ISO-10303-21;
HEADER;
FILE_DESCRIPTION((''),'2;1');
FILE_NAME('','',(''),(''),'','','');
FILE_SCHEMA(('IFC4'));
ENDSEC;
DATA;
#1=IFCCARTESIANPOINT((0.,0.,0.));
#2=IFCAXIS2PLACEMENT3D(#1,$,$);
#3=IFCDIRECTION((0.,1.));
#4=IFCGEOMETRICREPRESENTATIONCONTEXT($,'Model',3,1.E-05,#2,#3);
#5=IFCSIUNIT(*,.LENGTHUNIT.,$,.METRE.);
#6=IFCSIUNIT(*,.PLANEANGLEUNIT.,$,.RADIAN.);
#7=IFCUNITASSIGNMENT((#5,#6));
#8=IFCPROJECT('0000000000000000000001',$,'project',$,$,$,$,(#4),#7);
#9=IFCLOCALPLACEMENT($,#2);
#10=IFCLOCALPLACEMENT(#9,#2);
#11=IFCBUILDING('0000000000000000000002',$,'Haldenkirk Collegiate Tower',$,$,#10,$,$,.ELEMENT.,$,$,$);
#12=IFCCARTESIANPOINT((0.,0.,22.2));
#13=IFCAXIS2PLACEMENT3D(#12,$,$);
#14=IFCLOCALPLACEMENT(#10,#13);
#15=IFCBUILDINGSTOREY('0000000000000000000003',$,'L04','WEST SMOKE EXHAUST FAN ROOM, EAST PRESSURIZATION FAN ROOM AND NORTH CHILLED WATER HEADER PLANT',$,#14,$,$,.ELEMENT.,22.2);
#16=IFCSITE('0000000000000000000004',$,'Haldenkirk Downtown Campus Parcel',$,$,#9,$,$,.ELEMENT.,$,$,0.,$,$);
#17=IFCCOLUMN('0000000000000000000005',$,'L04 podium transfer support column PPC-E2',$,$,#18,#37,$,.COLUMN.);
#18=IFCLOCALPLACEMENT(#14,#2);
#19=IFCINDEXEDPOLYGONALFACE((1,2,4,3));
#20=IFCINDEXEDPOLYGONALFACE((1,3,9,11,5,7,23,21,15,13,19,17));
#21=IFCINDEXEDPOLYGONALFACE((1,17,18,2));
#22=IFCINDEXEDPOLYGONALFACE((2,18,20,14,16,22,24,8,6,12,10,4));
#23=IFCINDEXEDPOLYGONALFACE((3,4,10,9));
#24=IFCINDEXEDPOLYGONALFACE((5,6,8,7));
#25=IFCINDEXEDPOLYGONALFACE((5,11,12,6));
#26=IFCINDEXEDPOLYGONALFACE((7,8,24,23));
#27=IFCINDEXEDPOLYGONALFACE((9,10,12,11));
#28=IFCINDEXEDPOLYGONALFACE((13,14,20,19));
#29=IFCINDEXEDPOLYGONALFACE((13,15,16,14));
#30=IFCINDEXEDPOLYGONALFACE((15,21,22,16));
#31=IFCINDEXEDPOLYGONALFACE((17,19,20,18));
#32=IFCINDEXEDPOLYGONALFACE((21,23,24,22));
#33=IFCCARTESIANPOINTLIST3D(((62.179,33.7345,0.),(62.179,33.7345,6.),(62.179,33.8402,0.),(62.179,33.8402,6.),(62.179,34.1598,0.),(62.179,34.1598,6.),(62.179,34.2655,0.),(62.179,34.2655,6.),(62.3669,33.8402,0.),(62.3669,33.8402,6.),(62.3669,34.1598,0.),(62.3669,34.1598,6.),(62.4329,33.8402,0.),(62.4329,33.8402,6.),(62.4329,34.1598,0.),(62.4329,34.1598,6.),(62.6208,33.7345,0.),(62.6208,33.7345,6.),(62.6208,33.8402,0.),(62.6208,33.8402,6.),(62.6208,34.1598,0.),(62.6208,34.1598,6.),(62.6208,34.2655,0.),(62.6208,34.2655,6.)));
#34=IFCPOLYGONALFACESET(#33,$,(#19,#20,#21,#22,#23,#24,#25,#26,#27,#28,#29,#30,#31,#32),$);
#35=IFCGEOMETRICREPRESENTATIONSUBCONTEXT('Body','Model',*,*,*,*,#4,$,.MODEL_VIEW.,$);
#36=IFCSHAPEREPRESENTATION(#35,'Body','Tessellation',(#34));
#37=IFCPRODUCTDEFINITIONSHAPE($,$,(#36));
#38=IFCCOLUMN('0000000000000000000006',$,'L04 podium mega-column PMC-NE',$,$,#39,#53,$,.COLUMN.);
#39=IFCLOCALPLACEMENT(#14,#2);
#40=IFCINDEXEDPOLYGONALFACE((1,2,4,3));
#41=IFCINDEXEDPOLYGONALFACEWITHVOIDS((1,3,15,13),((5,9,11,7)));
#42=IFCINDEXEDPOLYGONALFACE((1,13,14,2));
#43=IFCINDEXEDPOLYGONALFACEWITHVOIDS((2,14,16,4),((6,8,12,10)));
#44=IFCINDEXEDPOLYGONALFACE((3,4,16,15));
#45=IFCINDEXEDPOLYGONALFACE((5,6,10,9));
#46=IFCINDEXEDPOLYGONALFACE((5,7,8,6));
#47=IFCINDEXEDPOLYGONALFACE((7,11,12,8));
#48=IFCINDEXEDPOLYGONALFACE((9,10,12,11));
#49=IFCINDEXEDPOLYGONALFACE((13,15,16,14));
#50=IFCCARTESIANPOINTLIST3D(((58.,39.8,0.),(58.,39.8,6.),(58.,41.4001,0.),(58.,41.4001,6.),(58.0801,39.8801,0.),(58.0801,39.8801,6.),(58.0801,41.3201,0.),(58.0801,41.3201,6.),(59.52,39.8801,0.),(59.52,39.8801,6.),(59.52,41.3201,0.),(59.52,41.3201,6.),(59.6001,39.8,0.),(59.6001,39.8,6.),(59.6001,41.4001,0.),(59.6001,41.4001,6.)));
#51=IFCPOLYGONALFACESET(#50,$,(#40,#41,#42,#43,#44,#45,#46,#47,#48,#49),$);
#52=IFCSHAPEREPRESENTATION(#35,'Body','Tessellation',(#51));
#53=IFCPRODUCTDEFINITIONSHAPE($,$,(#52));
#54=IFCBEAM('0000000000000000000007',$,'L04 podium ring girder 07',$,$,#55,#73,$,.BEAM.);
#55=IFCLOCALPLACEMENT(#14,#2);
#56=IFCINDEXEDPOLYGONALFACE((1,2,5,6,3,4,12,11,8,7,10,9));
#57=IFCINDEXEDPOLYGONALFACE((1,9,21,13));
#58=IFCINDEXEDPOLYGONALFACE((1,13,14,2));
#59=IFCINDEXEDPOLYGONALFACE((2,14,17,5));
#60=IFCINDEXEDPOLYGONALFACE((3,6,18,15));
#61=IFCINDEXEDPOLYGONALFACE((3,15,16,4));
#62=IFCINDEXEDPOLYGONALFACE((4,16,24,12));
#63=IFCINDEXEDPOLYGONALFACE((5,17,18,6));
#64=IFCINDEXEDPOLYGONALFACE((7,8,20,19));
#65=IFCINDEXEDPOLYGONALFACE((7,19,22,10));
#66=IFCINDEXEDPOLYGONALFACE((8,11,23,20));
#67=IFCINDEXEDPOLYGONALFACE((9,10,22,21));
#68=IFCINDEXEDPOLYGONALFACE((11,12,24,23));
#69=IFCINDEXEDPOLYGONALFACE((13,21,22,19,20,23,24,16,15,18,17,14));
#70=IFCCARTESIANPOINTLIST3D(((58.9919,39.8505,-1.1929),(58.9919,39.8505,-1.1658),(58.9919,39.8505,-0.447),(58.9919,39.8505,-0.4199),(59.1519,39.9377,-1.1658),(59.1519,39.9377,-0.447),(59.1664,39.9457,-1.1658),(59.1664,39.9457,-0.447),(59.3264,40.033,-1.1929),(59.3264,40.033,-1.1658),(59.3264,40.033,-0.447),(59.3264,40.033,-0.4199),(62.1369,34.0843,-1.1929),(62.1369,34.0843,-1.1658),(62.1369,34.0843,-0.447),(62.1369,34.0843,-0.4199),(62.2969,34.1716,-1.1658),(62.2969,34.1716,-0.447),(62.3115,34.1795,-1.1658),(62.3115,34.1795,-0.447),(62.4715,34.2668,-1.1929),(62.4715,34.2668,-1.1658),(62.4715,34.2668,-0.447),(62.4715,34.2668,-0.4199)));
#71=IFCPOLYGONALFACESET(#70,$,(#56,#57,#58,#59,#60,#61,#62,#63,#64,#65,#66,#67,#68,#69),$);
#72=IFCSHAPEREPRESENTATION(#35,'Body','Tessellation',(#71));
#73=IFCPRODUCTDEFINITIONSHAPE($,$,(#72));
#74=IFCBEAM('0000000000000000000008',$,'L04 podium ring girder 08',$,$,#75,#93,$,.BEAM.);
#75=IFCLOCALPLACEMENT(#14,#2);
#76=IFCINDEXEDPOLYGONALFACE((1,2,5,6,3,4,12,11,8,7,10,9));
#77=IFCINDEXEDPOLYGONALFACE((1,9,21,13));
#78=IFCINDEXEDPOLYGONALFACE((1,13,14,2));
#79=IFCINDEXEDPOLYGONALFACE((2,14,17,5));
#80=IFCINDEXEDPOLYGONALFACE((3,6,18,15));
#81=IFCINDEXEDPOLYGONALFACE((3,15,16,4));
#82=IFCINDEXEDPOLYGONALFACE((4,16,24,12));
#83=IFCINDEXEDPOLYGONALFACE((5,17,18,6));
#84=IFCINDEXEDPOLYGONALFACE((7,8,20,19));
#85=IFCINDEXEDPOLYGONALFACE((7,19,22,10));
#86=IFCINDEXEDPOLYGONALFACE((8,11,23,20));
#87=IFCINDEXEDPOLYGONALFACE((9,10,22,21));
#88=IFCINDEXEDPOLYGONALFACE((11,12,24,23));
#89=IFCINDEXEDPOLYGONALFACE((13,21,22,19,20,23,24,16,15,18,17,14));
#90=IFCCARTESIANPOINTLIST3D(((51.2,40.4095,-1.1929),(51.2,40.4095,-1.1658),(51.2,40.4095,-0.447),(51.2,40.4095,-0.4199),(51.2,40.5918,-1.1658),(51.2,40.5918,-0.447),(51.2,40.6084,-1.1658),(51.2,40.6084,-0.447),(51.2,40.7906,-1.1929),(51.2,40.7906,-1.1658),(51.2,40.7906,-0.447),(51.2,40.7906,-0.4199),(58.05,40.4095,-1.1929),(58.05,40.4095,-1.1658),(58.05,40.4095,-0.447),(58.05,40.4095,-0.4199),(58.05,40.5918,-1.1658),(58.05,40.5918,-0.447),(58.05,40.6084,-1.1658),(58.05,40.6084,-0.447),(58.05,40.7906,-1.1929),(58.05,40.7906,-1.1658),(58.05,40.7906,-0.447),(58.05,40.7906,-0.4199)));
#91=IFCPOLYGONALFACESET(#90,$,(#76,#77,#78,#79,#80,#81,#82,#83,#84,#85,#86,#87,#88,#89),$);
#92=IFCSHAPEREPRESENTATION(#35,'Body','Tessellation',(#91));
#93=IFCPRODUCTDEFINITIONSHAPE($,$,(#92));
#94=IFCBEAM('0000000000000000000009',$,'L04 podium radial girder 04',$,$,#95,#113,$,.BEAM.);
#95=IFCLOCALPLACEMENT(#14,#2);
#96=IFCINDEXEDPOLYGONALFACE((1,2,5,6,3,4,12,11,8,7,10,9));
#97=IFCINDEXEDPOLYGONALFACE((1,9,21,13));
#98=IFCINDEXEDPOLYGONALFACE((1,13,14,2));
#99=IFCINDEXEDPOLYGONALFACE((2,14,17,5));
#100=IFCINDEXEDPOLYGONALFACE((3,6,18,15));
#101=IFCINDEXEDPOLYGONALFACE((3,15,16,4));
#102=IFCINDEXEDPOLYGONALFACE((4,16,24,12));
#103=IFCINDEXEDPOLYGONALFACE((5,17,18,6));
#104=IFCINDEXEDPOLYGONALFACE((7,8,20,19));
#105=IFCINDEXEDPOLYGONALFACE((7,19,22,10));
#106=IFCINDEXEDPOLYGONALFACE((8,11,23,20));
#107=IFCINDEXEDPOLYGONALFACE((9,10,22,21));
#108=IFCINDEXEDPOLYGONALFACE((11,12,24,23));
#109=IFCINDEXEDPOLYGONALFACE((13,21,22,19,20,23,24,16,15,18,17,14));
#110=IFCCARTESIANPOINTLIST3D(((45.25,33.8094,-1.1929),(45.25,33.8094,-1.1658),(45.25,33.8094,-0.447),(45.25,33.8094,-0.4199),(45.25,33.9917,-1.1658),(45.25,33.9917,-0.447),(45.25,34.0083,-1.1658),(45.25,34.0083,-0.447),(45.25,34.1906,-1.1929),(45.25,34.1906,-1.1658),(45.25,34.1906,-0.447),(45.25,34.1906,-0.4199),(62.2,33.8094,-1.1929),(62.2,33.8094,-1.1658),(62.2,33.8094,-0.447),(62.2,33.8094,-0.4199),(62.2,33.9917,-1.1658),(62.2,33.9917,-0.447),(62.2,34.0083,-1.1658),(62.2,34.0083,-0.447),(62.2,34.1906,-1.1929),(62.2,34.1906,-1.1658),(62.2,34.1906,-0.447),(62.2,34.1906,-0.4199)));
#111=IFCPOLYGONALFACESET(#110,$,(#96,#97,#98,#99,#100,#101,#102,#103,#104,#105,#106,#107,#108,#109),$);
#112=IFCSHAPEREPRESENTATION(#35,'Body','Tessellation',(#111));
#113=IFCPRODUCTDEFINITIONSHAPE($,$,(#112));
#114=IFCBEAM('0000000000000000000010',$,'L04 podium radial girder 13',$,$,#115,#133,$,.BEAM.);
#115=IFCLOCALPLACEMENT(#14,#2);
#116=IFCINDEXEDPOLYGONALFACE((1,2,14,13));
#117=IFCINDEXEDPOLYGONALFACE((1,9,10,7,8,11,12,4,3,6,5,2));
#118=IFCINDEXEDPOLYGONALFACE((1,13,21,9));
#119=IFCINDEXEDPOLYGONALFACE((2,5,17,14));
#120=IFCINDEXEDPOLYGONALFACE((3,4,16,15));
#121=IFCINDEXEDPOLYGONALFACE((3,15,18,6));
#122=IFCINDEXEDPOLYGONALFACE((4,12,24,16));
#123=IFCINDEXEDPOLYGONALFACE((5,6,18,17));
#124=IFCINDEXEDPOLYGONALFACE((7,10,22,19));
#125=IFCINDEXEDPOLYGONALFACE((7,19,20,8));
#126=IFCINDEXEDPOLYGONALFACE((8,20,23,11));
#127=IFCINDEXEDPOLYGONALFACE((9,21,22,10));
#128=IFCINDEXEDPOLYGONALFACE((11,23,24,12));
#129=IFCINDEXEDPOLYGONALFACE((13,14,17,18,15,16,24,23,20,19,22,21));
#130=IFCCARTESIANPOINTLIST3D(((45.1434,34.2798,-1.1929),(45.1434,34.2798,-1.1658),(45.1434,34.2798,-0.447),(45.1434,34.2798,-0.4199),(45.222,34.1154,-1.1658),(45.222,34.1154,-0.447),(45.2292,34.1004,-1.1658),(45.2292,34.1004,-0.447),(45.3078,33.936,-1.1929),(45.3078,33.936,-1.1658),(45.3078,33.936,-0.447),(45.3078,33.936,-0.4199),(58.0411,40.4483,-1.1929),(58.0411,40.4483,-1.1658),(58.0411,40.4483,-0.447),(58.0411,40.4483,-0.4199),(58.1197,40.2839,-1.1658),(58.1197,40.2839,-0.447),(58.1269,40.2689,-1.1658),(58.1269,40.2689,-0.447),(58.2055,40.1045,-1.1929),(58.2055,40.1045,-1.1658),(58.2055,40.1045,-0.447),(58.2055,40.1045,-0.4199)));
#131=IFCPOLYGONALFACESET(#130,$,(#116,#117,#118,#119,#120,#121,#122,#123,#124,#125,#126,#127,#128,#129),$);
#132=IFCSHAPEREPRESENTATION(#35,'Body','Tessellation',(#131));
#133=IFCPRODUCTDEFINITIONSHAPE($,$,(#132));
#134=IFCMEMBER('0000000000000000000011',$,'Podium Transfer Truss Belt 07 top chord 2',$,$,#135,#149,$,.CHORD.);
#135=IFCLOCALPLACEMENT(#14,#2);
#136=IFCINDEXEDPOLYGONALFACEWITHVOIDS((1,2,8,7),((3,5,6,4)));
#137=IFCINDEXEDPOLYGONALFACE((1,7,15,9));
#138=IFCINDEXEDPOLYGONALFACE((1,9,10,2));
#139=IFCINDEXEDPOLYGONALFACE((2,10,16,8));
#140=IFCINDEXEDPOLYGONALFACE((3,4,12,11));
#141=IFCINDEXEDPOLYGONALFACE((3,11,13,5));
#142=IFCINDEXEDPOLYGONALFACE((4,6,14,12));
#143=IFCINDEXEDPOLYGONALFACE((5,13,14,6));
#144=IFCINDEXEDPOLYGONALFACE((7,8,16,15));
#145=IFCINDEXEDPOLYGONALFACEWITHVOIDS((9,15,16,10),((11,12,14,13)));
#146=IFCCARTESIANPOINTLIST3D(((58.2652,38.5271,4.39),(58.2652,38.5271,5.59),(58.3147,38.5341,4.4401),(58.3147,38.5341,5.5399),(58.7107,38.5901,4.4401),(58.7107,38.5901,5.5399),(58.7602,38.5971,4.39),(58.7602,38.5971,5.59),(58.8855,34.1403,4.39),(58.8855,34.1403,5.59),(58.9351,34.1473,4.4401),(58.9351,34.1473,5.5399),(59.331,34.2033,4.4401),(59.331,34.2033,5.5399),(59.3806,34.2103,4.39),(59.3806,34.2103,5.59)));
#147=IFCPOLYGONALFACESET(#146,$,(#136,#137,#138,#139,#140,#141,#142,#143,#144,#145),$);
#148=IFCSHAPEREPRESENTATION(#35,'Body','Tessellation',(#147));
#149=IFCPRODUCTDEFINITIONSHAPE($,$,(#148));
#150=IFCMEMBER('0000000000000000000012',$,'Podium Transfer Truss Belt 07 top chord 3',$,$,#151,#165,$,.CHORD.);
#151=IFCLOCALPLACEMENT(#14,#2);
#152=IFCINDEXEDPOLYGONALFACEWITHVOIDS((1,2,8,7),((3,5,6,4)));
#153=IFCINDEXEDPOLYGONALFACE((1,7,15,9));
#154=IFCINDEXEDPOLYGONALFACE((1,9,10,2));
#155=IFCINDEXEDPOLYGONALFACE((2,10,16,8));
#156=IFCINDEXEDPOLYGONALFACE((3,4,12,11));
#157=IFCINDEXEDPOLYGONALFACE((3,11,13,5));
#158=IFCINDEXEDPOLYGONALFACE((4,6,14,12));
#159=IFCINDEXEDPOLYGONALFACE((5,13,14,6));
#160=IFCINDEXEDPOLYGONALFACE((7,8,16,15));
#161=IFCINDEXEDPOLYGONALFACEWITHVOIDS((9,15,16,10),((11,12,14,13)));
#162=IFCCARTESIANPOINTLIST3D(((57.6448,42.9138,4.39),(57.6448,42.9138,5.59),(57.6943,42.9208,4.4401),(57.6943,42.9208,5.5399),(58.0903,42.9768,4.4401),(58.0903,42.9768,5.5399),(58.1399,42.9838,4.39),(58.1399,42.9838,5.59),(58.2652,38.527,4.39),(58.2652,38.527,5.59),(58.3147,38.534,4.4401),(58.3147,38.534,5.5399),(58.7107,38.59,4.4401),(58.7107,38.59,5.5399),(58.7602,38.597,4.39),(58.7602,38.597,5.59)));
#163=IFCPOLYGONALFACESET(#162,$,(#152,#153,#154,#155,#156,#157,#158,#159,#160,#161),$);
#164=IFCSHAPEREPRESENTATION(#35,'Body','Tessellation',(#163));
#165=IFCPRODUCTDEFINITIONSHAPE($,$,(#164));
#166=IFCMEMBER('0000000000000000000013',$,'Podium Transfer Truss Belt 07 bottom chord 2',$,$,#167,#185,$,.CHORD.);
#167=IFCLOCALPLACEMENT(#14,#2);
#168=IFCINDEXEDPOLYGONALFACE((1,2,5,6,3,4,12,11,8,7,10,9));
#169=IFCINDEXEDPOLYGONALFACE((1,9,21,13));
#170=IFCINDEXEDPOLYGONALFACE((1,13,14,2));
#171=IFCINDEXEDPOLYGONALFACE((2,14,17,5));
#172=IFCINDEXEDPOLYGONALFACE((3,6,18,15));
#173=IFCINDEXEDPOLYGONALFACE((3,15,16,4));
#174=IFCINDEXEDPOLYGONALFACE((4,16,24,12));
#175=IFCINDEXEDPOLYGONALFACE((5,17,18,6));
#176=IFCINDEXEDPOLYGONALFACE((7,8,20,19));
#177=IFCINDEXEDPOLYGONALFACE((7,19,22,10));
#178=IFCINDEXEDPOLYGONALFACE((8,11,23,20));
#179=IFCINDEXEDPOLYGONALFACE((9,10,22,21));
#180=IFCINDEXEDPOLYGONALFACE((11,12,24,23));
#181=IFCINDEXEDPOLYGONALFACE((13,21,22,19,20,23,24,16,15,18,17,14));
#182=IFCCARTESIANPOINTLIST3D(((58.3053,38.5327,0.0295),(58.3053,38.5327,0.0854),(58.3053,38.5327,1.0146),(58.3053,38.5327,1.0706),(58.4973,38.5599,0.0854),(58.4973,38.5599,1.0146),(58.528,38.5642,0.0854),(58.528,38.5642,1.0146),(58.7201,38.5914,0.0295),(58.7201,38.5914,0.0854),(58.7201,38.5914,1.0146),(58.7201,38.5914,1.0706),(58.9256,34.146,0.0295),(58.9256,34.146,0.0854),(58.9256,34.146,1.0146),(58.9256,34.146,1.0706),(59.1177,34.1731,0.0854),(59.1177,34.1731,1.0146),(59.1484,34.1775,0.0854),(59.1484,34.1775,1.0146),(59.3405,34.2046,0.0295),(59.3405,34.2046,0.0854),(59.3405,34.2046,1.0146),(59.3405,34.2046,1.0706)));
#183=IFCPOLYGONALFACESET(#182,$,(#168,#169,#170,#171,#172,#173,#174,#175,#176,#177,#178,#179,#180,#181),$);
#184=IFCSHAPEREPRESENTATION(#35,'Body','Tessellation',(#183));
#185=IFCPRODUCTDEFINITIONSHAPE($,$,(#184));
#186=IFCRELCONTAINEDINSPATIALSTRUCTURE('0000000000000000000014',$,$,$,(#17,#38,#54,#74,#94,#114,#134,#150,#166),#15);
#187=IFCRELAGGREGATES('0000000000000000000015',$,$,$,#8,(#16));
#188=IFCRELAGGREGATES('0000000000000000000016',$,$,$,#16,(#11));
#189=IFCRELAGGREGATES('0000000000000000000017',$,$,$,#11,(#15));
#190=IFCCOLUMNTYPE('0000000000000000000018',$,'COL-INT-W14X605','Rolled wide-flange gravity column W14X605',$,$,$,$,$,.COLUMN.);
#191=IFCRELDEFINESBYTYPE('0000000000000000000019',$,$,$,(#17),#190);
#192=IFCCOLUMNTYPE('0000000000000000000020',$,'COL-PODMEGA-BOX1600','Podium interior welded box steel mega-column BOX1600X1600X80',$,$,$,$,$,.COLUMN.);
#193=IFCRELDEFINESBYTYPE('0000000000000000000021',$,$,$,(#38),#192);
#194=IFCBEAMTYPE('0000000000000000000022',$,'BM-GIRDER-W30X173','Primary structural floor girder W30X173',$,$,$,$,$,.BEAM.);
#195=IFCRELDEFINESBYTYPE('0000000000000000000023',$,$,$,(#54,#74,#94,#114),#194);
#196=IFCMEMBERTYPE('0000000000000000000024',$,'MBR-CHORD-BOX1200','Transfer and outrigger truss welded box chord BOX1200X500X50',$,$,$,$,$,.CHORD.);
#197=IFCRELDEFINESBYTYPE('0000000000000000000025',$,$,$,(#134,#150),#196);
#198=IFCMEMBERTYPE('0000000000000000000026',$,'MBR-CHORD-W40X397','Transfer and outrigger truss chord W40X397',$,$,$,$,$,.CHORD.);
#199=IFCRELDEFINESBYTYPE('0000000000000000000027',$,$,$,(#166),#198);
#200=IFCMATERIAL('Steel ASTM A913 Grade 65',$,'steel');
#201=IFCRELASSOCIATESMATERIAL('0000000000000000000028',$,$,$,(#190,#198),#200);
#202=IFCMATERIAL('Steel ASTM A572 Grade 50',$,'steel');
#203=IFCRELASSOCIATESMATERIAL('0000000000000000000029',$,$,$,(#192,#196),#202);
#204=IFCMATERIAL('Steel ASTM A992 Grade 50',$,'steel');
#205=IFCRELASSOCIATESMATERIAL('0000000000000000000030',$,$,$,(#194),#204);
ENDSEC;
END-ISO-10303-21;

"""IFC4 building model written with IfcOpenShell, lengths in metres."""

from ifc_helpers import new_model, si_unit, direction, frame, origin, origin_2d, place, context, subcontext, project, spatial, hollow_rectangle, i_section, extrude, material, material_profile, profile_set, type_object, element, save


model = new_model("IFC4")

# Units and contexts
model_context = context("Model", 3, precision=1e-05, world=origin(), true_north=direction((0.0, 1.0)))
body_context = subcontext(model_context, "Body", "Model", "MODEL_VIEW")
ifc_project = project(units=[si_unit("LENGTHUNIT", "METRE"), si_unit("PLANEANGLEUNIT", "RADIAN")], contexts=[model_context])

# Site, building, storey
site_placement = place(None, origin())
site = spatial("IfcSite", under=ifc_project, at=site_placement, Name="Haldenkirk Downtown Campus Parcel", CompositionType="ELEMENT", RefElevation=0.0)
building_placement = place(site_placement, origin())
building = spatial("IfcBuilding", under=site, at=building_placement, Name="Haldenkirk Collegiate Tower", CompositionType="ELEMENT")
storey_placement = place(building_placement, frame((0.0, 0.0, 22.2)))
storey = spatial("IfcBuildingStorey", under=building, at=storey_placement, Name="L04", Description="WEST SMOKE EXHAUST FAN ROOM, EAST PRESSURIZATION FAN ROOM AND NORTH CHILLED WATER HEADER PLANT", CompositionType="ELEMENT", Elevation=22.2)

# Columns
ifc_material_1 = material(Name="Steel ASTM A913 Grade 65", Category="steel")
ifc_material_profile_1 = material_profile(ifc_material_1, i_section(OverallWidth=0.4419, OverallDepth=0.531, WebThickness=0.0659, FlangeThickness=0.1057, at=origin_2d()), Name="W14X605")
ifc_profile_set_1 = profile_set([ifc_material_profile_1], Name="Steel ASTM A913 Grade 65")
column_type_1 = type_object("IfcColumnType", Name="COL-INT-W14X605", Description="Rolled wide-flange gravity column W14X605", PredefinedType="COLUMN", material=ifc_profile_set_1)
column_1_placement = place(storey_placement, frame((62.3999, 34.0, 0.0), z_axis=(0.0, 0.0, 1.0), x_axis=(1.0, 0.0, 0.0)))
element("IfcColumn", 1, at=column_1_placement, inside=storey, type_object=column_type_1, Name="L04 podium transfer support column PPC-E2", PredefinedType="COLUMN", context=body_context, shape_type="SweptSolid", body=[
    extrude(i_section(OverallWidth=0.4419, OverallDepth=0.531, WebThickness=0.0659, FlangeThickness=0.1057, at=origin_2d()), origin(), (0.0, 0.0, 1.0), 6.0),
])
ifc_material_2 = material(Name="Steel ASTM A572 Grade 50", Category="steel")
ifc_material_profile_2 = material_profile(ifc_material_2, hollow_rectangle(XDim=1.6001, YDim=1.6001, WallThickness=0.0801, at=origin_2d()), Name="BOX1600X1600X80")
ifc_profile_set_2 = profile_set([ifc_material_profile_2], Name="Steel ASTM A572 Grade 50")
column_type_2 = type_object("IfcColumnType", Name="COL-PODMEGA-BOX1600", Description="Podium interior welded box steel mega-column BOX1600X1600X80", PredefinedType="COLUMN", material=ifc_profile_set_2)
column_2_placement = place(storey_placement, frame((58.8, 40.6001, 0.0), z_axis=(0.0, 0.0, 1.0), x_axis=(1.0, 0.0, 0.0)))
element("IfcColumn", 2, at=column_2_placement, inside=storey, type_object=column_type_2, Name="L04 podium mega-column PMC-NE", PredefinedType="COLUMN", context=body_context, shape_type="SweptSolid", body=[
    extrude(hollow_rectangle(XDim=1.6001, YDim=1.6001, WallThickness=0.0801, at=origin_2d()), origin(), (0.0, 0.0, 1.0), 6.0),
])

# Beams
ifc_material_3 = material(Name="Steel ASTM A992 Grade 50", Category="steel")
ifc_material_profile_3 = material_profile(ifc_material_3, i_section(OverallWidth=0.3811, OverallDepth=0.7729, WebThickness=0.0166, FlangeThickness=0.0271, at=origin_2d()), Name="W30X173")
ifc_profile_set_3 = profile_set([ifc_material_profile_3], Name="Steel ASTM A992 Grade 50")
beam_type = type_object("IfcBeamType", Name="BM-GIRDER-W30X173", Description="Primary structural floor girder W30X173", PredefinedType="BEAM", material=ifc_profile_set_3)
beam_1_placement = place(storey_placement, frame((62.3042, 34.1755, -0.8064), z_axis=(-0.478837, 0.877904, 0.0), x_axis=(-0.877904, -0.478837, 0.0)))
element("IfcBeam", 3, at=beam_1_placement, inside=storey, type_object=beam_type, Name="L04 podium ring girder 07", PredefinedType="BEAM", context=body_context, shape_type="SweptSolid", body=[
    extrude(i_section(OverallWidth=0.3811, OverallDepth=0.7729, WebThickness=0.0166, FlangeThickness=0.0271, at=origin_2d()), origin(), (0.0, 0.0, 1.0), 6.5681),
])
beam_2_placement = place(storey_placement, frame((58.05, 40.6001, -0.8064), z_axis=(-1.0, 0.0, 0.0), x_axis=(0.0, -1.0, 0.0)))
element("IfcBeam", 4, at=beam_2_placement, inside=storey, type_object=beam_type, Name="L04 podium ring girder 08", PredefinedType="BEAM", context=body_context, shape_type="SweptSolid", body=[
    extrude(i_section(OverallWidth=0.3811, OverallDepth=0.7729, WebThickness=0.0166, FlangeThickness=0.0271, at=origin_2d()), origin(), (0.0, 0.0, 1.0), 6.8501),
])
beam_3_placement = place(storey_placement, frame((62.2, 34.0, -0.8064), z_axis=(-1.0, 0.0, 0.0), x_axis=(0.0, -1.0, 0.0)))
element("IfcBeam", 5, at=beam_3_placement, inside=storey, type_object=beam_type, Name="L04 podium radial girder 04", PredefinedType="BEAM", context=body_context, shape_type="SweptSolid", body=[
    extrude(i_section(OverallWidth=0.3811, OverallDepth=0.7729, WebThickness=0.0166, FlangeThickness=0.0271, at=origin_2d()), origin(), (0.0, 0.0, 1.0), 16.95),
])
beam_4_placement = place(storey_placement, frame((58.1233, 40.2764, -0.8064), z_axis=(-0.902135, -0.431455, 0.0), x_axis=(0.431455, -0.902135, 0.0)))
element("IfcBeam", 6, at=beam_4_placement, inside=storey, type_object=beam_type, Name="L04 podium radial girder 13", PredefinedType="BEAM", context=body_context, shape_type="SweptSolid", body=[
    extrude(i_section(OverallWidth=0.3811, OverallDepth=0.7729, WebThickness=0.0166, FlangeThickness=0.0271, at=origin_2d()), origin(), (0.0, 0.0, 1.0), 14.2969),
])

# Members
ifc_material_profile_4 = material_profile(ifc_material_2, hollow_rectangle(XDim=0.5, YDim=1.2, WallThickness=0.05, at=origin_2d()), Name="BOX1200X500X50")
ifc_profile_set_4 = profile_set([ifc_material_profile_4], Name="Steel ASTM A572 Grade 50")
member_type_1 = type_object("IfcMemberType", Name="MBR-CHORD-BOX1200", Description="Transfer and outrigger truss welded box chord BOX1200X500X50", PredefinedType="CHORD", material=ifc_profile_set_4)
for number, where, z_axis, x_axis, name in (
    (7, (59.1331, 34.1753, 4.99), (-0.140025, 0.990148, 0.0), (-0.990148, -0.140025, 0.0), "Podium Transfer Truss Belt 07 top chord 2"),
    (8, (58.5127, 38.562, 4.99), (-0.140025, 0.990148, 0.0), (-0.990148, -0.140025, 0.0), "Podium Transfer Truss Belt 07 top chord 3"),
):
    element("IfcMember", number, at=place(storey_placement, frame(where, z_axis=z_axis, x_axis=x_axis)), inside=storey, type_object=member_type_1, Name=name, PredefinedType="CHORD", context=body_context, shape_type="SweptSolid", body=[
        extrude(hollow_rectangle(XDim=0.5, YDim=1.2, WallThickness=0.05, at=origin_2d()), origin(), (0.0, 0.0, 1.0), 4.4304),
    ])
ifc_material_profile_5 = material_profile(ifc_material_1, i_section(OverallWidth=0.4189, OverallDepth=1.041, WebThickness=0.031, FlangeThickness=0.0559, at=origin_2d()), Name="W40X397")
ifc_profile_set_5 = profile_set([ifc_material_profile_5], Name="Steel ASTM A913 Grade 65")
member_type_2 = type_object("IfcMemberType", Name="MBR-CHORD-W40X397", Description="Transfer and outrigger truss chord W40X397", PredefinedType="CHORD", material=ifc_profile_set_5)
for number, where, z_axis, x_axis, name in (
    (9, (59.1331, 34.1753, 0.55), (-0.140025, 0.990148, 0.0), (-0.990148, -0.140025, 0.0), "Podium Transfer Truss Belt 07 bottom chord 2"),
):
    element("IfcMember", number, at=place(storey_placement, frame(where, z_axis=z_axis, x_axis=x_axis)), inside=storey, type_object=member_type_2, Name=name, PredefinedType="CHORD", context=body_context, shape_type="SweptSolid", body=[
        extrude(i_section(OverallWidth=0.4189, OverallDepth=1.041, WebThickness=0.031, FlangeThickness=0.0559, at=origin_2d()), origin(), (0.0, 0.0, 1.0), 4.4304),
    ])

save(model, "model.ifc")
